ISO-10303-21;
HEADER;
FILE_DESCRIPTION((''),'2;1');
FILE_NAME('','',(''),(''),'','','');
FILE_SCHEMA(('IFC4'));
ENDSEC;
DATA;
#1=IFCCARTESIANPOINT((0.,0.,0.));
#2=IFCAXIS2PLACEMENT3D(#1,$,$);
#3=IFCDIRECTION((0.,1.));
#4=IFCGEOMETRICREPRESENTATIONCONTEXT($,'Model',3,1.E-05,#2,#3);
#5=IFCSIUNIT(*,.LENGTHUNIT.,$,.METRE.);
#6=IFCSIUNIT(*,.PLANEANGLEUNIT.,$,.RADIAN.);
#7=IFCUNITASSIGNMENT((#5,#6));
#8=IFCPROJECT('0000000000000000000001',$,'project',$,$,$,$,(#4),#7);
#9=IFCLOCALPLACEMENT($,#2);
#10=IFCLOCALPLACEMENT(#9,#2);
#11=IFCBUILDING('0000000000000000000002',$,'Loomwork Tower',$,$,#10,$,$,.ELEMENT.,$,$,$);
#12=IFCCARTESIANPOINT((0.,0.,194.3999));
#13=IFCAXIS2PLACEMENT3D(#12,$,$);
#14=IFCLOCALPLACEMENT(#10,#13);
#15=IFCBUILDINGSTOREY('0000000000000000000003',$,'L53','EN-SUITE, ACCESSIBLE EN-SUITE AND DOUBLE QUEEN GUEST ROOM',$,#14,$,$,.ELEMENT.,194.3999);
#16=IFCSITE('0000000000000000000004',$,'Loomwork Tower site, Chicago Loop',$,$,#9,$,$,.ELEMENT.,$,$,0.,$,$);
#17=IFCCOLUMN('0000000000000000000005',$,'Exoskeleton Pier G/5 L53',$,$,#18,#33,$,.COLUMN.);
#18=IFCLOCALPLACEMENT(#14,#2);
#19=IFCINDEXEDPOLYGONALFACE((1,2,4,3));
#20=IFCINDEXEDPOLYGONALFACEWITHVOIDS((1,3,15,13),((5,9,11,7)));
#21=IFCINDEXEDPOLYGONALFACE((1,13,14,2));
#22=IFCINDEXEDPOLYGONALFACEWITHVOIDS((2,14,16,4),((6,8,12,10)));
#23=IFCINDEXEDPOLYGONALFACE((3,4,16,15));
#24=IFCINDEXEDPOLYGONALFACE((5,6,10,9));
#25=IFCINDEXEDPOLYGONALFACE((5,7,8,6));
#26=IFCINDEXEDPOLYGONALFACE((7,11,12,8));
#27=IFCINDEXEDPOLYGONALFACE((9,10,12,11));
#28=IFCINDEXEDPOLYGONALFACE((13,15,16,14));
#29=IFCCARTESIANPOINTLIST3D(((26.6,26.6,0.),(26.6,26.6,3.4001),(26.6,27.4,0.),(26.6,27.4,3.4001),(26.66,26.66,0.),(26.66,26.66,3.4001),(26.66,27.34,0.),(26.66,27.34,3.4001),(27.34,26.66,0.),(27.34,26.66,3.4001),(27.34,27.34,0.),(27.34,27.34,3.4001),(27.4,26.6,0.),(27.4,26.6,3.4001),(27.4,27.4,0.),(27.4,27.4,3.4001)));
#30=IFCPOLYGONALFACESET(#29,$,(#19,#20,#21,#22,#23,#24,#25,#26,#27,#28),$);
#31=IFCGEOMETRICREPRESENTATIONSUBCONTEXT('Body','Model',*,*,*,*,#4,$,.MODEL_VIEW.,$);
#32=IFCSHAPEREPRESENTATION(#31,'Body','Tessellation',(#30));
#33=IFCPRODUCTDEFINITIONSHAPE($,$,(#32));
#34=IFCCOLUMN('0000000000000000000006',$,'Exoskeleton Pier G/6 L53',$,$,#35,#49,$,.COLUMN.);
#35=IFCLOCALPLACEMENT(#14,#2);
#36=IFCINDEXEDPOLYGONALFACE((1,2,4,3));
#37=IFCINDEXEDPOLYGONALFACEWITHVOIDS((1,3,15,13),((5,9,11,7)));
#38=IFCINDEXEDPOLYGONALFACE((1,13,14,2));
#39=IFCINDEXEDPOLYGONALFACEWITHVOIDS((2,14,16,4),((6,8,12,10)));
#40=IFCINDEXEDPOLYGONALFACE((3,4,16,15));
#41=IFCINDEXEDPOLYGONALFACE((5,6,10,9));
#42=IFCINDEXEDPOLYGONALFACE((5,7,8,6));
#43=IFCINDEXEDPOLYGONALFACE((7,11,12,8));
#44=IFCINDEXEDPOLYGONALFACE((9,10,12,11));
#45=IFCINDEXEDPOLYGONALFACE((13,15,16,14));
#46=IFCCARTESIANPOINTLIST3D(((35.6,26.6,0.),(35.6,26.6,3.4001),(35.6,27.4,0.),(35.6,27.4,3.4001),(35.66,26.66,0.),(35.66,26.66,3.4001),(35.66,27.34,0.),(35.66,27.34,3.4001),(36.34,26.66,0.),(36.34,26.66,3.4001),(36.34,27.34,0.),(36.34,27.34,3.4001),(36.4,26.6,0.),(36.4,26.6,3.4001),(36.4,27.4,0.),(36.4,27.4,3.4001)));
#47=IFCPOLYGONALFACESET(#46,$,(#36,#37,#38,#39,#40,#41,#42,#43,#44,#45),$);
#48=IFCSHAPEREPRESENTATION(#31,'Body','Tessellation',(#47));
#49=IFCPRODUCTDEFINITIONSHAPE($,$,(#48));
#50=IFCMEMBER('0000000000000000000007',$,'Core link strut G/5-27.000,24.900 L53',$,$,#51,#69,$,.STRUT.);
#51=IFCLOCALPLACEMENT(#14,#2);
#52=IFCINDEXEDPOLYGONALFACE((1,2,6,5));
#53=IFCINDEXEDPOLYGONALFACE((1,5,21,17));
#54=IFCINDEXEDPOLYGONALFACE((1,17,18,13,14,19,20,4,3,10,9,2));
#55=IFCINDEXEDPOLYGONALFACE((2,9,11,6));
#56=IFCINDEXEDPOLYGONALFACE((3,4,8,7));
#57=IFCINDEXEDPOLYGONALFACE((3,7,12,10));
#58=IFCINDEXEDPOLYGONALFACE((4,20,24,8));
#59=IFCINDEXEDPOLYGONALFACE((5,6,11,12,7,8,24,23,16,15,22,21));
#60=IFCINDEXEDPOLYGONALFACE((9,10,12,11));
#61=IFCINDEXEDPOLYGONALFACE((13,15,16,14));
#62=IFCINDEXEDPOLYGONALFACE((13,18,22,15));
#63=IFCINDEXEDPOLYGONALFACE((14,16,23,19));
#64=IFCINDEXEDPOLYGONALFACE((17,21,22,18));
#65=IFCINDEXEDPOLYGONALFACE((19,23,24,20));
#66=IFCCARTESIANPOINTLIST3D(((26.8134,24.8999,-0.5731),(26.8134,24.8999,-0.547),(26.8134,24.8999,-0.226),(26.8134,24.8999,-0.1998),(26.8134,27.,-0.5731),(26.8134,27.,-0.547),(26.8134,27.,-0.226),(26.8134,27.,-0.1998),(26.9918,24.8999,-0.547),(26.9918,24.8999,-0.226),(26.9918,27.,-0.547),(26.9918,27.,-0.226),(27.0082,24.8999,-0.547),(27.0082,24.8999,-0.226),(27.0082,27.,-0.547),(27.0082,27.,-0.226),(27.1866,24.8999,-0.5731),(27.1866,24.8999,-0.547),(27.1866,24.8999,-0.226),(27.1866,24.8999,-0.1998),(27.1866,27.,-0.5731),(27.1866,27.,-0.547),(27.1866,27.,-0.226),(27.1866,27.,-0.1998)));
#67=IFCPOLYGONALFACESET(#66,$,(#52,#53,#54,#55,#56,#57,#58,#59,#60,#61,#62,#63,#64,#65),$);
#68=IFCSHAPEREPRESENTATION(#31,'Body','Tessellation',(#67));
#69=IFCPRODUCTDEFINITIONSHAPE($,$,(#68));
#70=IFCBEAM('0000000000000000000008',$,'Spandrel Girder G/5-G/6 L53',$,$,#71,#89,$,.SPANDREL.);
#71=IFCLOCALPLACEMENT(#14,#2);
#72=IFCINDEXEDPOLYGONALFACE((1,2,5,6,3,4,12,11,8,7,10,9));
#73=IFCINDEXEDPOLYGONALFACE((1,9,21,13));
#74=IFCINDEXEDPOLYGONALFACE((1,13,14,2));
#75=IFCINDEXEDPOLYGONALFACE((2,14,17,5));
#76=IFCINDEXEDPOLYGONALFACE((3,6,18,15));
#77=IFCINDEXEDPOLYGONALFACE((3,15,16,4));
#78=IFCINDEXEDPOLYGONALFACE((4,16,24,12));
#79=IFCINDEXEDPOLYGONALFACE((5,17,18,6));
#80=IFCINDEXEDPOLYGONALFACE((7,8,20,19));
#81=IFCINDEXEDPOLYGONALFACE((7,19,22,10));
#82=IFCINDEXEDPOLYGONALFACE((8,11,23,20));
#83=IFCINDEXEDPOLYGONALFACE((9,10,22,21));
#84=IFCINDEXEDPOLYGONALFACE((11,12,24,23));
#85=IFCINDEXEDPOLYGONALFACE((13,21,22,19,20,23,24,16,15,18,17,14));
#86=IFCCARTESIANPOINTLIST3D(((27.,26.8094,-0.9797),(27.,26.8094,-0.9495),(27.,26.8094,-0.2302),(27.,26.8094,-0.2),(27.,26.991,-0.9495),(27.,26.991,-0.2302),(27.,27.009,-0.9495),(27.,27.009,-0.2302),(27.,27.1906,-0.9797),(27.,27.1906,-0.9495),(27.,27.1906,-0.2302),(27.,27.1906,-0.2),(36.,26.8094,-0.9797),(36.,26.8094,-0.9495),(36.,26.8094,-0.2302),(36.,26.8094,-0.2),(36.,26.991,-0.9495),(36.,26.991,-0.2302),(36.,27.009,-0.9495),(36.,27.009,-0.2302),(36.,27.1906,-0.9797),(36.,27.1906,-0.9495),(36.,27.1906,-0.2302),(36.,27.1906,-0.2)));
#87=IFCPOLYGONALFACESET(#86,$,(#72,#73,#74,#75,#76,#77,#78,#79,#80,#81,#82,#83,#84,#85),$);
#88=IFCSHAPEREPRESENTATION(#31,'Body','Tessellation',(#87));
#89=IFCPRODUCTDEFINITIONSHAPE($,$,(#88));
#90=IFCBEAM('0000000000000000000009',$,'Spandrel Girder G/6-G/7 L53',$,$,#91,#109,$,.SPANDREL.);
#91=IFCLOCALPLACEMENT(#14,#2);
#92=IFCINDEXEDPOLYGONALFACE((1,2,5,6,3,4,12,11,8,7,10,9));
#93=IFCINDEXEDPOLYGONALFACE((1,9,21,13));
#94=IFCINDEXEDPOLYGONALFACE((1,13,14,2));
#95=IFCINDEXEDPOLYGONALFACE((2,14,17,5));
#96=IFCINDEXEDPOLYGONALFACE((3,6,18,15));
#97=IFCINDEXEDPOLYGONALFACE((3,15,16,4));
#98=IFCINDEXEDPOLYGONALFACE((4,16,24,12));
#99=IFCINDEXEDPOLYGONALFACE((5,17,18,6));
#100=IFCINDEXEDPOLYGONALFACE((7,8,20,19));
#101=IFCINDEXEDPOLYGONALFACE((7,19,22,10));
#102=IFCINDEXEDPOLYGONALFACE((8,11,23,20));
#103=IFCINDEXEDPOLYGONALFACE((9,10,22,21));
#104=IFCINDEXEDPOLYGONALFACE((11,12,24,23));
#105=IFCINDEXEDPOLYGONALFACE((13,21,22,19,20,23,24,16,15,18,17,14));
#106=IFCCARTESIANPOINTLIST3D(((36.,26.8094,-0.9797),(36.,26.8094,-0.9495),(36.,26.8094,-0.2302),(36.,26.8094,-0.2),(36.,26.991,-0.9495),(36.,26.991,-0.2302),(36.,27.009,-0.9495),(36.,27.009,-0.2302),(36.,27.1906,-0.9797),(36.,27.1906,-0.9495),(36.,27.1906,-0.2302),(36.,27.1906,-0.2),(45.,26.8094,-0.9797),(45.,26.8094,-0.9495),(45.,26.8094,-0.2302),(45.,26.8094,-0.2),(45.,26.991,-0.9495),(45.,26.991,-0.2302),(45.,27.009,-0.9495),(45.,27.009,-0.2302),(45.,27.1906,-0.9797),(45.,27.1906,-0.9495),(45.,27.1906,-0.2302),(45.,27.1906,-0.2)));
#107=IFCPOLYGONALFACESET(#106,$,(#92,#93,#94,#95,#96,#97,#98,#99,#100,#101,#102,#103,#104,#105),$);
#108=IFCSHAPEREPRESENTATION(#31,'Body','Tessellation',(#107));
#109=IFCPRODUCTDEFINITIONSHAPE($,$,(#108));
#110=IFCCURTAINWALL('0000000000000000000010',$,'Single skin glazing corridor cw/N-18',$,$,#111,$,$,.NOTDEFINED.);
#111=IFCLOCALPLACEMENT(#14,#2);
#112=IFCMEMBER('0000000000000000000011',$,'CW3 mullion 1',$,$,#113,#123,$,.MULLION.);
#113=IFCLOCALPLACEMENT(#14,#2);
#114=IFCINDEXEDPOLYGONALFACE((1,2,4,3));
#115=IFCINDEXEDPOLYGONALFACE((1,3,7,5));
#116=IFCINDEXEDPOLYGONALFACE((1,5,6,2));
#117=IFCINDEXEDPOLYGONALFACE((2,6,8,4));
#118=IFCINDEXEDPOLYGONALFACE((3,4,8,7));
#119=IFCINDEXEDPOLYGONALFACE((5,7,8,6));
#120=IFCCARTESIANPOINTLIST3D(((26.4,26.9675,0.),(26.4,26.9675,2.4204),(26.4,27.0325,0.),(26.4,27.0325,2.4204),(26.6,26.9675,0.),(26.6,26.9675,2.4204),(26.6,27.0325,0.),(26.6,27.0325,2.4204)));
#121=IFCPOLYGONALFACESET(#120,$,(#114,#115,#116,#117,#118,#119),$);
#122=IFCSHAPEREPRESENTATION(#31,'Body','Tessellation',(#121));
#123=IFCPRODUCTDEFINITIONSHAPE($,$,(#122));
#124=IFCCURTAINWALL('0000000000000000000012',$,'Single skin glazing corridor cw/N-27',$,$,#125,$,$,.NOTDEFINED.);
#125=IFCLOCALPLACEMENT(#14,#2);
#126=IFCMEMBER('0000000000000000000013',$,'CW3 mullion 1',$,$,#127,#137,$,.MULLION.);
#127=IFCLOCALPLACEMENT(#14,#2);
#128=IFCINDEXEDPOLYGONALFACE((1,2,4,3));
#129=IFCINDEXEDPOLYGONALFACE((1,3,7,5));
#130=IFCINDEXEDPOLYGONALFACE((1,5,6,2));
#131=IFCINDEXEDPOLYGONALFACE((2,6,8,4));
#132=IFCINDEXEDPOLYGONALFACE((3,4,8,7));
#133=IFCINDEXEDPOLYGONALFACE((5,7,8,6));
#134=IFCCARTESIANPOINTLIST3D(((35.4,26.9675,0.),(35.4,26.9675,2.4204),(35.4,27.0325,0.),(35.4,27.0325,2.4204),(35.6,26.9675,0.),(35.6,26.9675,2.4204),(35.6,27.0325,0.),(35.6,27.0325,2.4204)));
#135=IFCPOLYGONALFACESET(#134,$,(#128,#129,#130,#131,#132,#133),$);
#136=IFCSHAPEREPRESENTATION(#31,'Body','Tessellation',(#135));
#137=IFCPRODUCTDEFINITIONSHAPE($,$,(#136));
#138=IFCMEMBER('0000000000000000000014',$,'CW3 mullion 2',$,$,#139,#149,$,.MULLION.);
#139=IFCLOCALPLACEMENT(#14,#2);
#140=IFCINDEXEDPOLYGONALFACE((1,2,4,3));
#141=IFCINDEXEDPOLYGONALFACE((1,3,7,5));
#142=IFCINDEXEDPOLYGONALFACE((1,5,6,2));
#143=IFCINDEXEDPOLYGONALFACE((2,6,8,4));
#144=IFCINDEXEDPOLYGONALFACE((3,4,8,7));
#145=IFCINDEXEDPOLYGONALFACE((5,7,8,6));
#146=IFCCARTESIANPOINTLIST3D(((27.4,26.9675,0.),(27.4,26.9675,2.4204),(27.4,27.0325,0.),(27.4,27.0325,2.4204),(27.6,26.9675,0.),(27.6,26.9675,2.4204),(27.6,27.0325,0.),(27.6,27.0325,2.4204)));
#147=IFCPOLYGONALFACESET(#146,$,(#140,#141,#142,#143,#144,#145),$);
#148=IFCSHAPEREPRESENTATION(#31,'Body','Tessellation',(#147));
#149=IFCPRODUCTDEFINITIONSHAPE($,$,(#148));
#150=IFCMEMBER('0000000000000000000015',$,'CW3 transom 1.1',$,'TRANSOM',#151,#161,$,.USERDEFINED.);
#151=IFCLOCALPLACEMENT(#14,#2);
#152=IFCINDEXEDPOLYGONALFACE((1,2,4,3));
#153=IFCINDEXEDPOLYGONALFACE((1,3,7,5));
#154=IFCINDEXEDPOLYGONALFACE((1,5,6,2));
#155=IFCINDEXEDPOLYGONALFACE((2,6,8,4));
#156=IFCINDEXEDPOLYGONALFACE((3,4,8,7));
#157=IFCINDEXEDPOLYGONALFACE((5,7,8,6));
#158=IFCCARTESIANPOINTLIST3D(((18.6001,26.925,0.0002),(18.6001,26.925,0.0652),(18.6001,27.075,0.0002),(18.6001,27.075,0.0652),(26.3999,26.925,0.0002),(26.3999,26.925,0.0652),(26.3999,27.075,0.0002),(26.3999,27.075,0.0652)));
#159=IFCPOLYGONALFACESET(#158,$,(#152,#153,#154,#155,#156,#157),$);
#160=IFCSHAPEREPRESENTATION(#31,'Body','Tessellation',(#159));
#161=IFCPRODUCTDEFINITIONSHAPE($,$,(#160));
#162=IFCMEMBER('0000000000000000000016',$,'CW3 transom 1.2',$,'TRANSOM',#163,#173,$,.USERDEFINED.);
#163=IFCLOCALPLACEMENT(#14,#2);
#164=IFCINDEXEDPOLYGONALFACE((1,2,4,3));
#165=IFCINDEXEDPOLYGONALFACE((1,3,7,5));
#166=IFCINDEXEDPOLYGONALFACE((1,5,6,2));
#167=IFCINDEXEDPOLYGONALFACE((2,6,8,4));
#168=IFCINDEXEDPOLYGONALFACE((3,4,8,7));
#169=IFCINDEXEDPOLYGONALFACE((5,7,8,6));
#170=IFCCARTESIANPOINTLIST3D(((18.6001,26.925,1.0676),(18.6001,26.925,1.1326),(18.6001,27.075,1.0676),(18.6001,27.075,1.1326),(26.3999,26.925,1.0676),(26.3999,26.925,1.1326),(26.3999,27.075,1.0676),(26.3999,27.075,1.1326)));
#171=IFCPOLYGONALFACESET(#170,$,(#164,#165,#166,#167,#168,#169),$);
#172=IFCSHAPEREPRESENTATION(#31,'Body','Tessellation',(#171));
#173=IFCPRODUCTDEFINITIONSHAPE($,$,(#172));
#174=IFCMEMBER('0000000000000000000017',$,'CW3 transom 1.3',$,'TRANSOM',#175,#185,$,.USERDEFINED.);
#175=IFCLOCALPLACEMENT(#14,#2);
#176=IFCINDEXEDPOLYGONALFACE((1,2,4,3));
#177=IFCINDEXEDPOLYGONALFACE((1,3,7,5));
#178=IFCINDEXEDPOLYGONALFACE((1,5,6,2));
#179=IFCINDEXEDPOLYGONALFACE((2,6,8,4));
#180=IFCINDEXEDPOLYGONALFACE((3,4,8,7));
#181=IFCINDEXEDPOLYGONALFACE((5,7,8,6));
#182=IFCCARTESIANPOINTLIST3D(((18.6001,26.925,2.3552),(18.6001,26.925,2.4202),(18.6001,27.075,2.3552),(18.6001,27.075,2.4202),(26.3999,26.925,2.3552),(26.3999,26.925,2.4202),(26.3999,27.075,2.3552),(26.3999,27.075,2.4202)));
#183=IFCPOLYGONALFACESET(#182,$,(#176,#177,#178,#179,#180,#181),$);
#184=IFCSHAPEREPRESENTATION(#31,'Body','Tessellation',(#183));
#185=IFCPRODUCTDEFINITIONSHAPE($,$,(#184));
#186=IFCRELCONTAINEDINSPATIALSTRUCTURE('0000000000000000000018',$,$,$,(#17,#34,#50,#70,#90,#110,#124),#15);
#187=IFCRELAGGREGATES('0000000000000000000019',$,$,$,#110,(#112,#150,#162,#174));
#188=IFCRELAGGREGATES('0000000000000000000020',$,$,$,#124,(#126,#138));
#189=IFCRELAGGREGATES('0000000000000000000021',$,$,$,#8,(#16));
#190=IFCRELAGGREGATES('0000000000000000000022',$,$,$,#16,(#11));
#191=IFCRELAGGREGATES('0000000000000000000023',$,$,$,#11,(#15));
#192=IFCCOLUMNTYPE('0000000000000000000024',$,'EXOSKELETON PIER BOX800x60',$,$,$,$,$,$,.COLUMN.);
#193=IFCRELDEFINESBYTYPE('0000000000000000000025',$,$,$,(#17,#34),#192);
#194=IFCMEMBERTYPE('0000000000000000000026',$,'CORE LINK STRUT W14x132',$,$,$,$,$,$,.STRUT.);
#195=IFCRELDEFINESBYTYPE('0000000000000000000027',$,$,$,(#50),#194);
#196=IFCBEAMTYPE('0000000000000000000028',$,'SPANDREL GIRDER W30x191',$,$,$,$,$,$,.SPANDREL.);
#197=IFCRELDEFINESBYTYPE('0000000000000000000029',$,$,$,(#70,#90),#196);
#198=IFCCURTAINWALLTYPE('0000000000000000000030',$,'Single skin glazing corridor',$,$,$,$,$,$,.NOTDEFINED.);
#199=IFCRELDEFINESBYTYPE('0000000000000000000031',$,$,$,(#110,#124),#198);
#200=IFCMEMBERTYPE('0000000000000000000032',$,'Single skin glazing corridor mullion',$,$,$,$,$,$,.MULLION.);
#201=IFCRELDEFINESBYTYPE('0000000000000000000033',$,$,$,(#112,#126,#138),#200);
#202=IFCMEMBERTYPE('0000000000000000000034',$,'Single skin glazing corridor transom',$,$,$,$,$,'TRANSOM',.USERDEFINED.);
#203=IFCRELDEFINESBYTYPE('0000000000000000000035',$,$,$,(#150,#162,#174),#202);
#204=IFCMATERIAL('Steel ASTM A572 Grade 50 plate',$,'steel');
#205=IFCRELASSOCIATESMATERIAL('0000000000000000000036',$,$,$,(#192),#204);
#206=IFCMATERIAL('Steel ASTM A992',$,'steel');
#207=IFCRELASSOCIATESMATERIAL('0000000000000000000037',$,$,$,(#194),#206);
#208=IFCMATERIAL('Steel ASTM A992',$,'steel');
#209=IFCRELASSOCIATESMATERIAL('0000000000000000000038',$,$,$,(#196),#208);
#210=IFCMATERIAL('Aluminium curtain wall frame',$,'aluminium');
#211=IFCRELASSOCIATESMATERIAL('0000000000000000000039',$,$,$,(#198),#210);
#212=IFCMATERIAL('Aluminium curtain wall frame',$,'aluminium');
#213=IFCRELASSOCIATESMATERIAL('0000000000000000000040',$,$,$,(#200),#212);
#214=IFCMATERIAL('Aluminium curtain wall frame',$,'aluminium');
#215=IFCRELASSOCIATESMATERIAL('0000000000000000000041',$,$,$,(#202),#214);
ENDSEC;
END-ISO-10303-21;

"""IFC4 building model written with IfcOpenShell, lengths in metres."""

from ifc_helpers import new_model, si_unit, direction, frame, origin, origin_2d, place, context, subcontext, project, spatial, rectangle, hollow_rectangle, i_section, extrude, material, material_profile, profile_set, type_object, element, aggregate, save


model = new_model("IFC4")

# Units and contexts
model_context = context("Model", 3, precision=1e-05, world=origin(), true_north=direction((0.0, 1.0)))
body_context = subcontext(model_context, "Body", "Model", "MODEL_VIEW")
ifc_project = project(units=[si_unit("LENGTHUNIT", "METRE"), si_unit("PLANEANGLEUNIT", "RADIAN")], contexts=[model_context])

# Site, building, storey
site_placement = place(None, origin())
site = spatial("IfcSite", under=ifc_project, at=site_placement, Name="Loomwork Tower site, Chicago Loop", CompositionType="ELEMENT", RefElevation=0.0)
building_placement = place(site_placement, origin())
building = spatial("IfcBuilding", under=site, at=building_placement, Name="Loomwork Tower", CompositionType="ELEMENT")
storey_placement = place(building_placement, frame((0.0, 0.0, 194.3999)))
storey = spatial("IfcBuildingStorey", under=building, at=storey_placement, Name="L53", Description="EN-SUITE, ACCESSIBLE EN-SUITE AND DOUBLE QUEEN GUEST ROOM", CompositionType="ELEMENT", Elevation=194.3999)

# Columns
ifc_material_1 = material(Name="Steel ASTM A572 Grade 50 plate", Category="steel")
ifc_material_profile_1 = material_profile(ifc_material_1, hollow_rectangle(XDim=0.8, YDim=0.8, WallThickness=0.0601, at=origin_2d()), Name="BOX800x60")
ifc_profile_set_1 = profile_set([ifc_material_profile_1], Name="Steel ASTM A572 Grade 50 plate")
column_type = type_object("IfcColumnType", Name="EXOSKELETON PIER BOX800x60", PredefinedType="COLUMN", material=ifc_profile_set_1)
for number, where, z_axis, x_axis, name in (
    (1, (27.0, 27.0, 0.0), (0.0, 0.0, 1.0), (1.0, 0.0, 0.0), "Exoskeleton Pier G/5 L53"),
    (2, (36.0, 27.0, 0.0), (0.0, 0.0, 1.0), (1.0, 0.0, 0.0), "Exoskeleton Pier G/6 L53"),
):
    element("IfcColumn", number, at=place(storey_placement, frame(where, z_axis=z_axis, x_axis=x_axis)), inside=storey, type_object=column_type, Name=name, PredefinedType="COLUMN", context=body_context, shape_type="SweptSolid", body=[
        extrude(hollow_rectangle(XDim=0.8, YDim=0.8, WallThickness=0.0601, at=origin_2d()), origin(), (0.0, 0.0, 1.0), 3.4001),
    ])

# Member
ifc_material_2 = material(Name="Steel ASTM A992", Category="steel")
ifc_material_profile_2 = material_profile(ifc_material_2, i_section(OverallWidth=0.3733, OverallDepth=0.3733, WebThickness=0.0164, FlangeThickness=0.0261, at=origin_2d()), Name="W14x132")
ifc_profile_set_2 = profile_set([ifc_material_profile_2], Name="Steel ASTM A992")
member_type_1 = type_object("IfcMemberType", Name="CORE LINK STRUT W14x132", PredefinedType="STRUT", material=ifc_profile_set_2)
member_1_placement = place(storey_placement, frame((27.0, 27.0, -0.3865), z_axis=(0.0, -1.0, 0.0), x_axis=(1.0, 0.0, 0.0)))
element("IfcMember", 3, at=member_1_placement, inside=storey, type_object=member_type_1, Name="Core link strut G/5-27.000,24.900 L53", PredefinedType="STRUT", context=body_context, shape_type="SweptSolid", body=[
    extrude(i_section(OverallWidth=0.3733, OverallDepth=0.3733, WebThickness=0.0164, FlangeThickness=0.0261, at=origin_2d()), origin(), (0.0, 0.0, 1.0), 2.1001),
])

# Beams
ifc_material_3 = material(Name="Steel ASTM A992", Category="steel")
ifc_material_profile_3 = material_profile(ifc_material_3, i_section(OverallWidth=0.3811, OverallDepth=0.7798, WebThickness=0.0181, FlangeThickness=0.0303, at=origin_2d()), Name="W30x191")
ifc_profile_set_3 = profile_set([ifc_material_profile_3], Name="Steel ASTM A992")
beam_type = type_object("IfcBeamType", Name="SPANDREL GIRDER W30x191", PredefinedType="SPANDREL", material=ifc_profile_set_3)
for number, where, z_axis, x_axis, name in (
    (4, (27.0, 27.0, -0.5898), (1.0, 0.0, 0.0), (0.0, 1.0, 0.0), "Spandrel Girder G/5-G/6 L53"),
    (5, (36.0, 27.0, -0.5898), (1.0, 0.0, 0.0), (0.0, 1.0, 0.0), "Spandrel Girder G/6-G/7 L53"),
):
    element("IfcBeam", number, at=place(storey_placement, frame(where, z_axis=z_axis, x_axis=x_axis)), inside=storey, type_object=beam_type, Name=name, PredefinedType="SPANDREL", context=body_context, shape_type="SweptSolid", body=[
        extrude(i_section(OverallWidth=0.3811, OverallDepth=0.7798, WebThickness=0.0181, FlangeThickness=0.0303, at=origin_2d()), origin(), (0.0, 0.0, 1.0), 9.0),
    ])

# Curtain wall, member
ifc_material_4 = material(Name="Aluminium curtain wall frame", Category="aluminium")
curtain_wall_type = type_object("IfcCurtainWallType", Name="Single skin glazing corridor", PredefinedType="NOTDEFINED", material=ifc_material_4)
curtain_wall_1_placement = place(storey_placement, origin())
curtain_wall_1 = element("IfcCurtainWall", 6, at=curtain_wall_1_placement, inside=storey, type_object=curtain_wall_type, Name="Single skin glazing corridor cw/N-18", PredefinedType="NOTDEFINED")
ifc_material_5 = material(Name="Aluminium curtain wall frame", Category="aluminium")
ifc_material_profile_4 = material_profile(ifc_material_5, rectangle(XDim=0.0649, YDim=0.2, at=origin_2d()), Name="AL 65x200")
ifc_profile_set_4 = profile_set([ifc_material_profile_4], Name="Aluminium curtain wall frame")
member_type_2 = type_object("IfcMemberType", Name="Single skin glazing corridor mullion", PredefinedType="MULLION", material=ifc_profile_set_4)
member_2_placement = place(storey_placement, frame((26.5, 27.0, 0.0), z_axis=(0.0, 0.0, 1.0), x_axis=(0.0, -1.0, 0.0)))
member_2 = element("IfcMember", 7, at=member_2_placement, type_object=member_type_2, Name="CW3 mullion 1", PredefinedType="MULLION", context=body_context, shape_type="SweptSolid", body=[
    extrude(rectangle(XDim=0.0649, YDim=0.2, at=origin_2d()), origin(), (0.0, 0.0, 1.0), 2.4204),
])

# Curtain wall, members
curtain_wall_2_placement = place(storey_placement, origin())
curtain_wall_2 = element("IfcCurtainWall", 8, at=curtain_wall_2_placement, inside=storey, type_object=curtain_wall_type, Name="Single skin glazing corridor cw/N-27", PredefinedType="NOTDEFINED")
member_3_placement = place(storey_placement, frame((35.5, 27.0, 0.0), z_axis=(0.0, 0.0, 1.0), x_axis=(0.0, -1.0, 0.0)))
member_3 = element("IfcMember", 9, at=member_3_placement, type_object=member_type_2, Name="CW3 mullion 1", PredefinedType="MULLION", context=body_context, shape_type="SweptSolid", body=[
    extrude(rectangle(XDim=0.0649, YDim=0.2, at=origin_2d()), origin(), (0.0, 0.0, 1.0), 2.4204),
])
member_4_placement = place(storey_placement, frame((27.5, 27.0, 0.0), z_axis=(0.0, 0.0, 1.0), x_axis=(0.0, -1.0, 0.0)))
member_4 = element("IfcMember", 10, at=member_4_placement, type_object=member_type_2, Name="CW3 mullion 2", PredefinedType="MULLION", context=body_context, shape_type="SweptSolid", body=[
    extrude(rectangle(XDim=0.0649, YDim=0.2, at=origin_2d()), origin(), (0.0, 0.0, 1.0), 2.4204),
])

# Members
ifc_material_6 = material(Name="Aluminium curtain wall frame", Category="aluminium")
ifc_material_profile_5 = material_profile(ifc_material_6, rectangle(XDim=0.1499, YDim=0.0649, at=origin_2d()), Name="AL 65x150")
ifc_profile_set_5 = profile_set([ifc_material_profile_5], Name="Aluminium curtain wall frame")
member_type_3 = type_object("IfcMemberType", Name="Single skin glazing corridor transom", ElementType="TRANSOM", PredefinedType="USERDEFINED", material=ifc_profile_set_5)
member_5_placement = place(storey_placement, frame((26.3999, 27.0, 0.0327), z_axis=(-1.0, 0.0, 0.0), x_axis=(0.0, -1.0, 0.0)))
member_5 = element("IfcMember", 11, at=member_5_placement, type_object=member_type_3, Name="CW3 transom 1.1", ObjectType="TRANSOM", PredefinedType="USERDEFINED", context=body_context, shape_type="SweptSolid", body=[
    extrude(rectangle(XDim=0.1499, YDim=0.0649, at=origin_2d()), origin(), (0.0, 0.0, 1.0), 7.7998),
])
member_6_placement = place(storey_placement, frame((26.3999, 27.0, 1.1001), z_axis=(-1.0, 0.0, 0.0), x_axis=(0.0, -1.0, 0.0)))
member_6 = element("IfcMember", 12, at=member_6_placement, type_object=member_type_3, Name="CW3 transom 1.2", ObjectType="TRANSOM", PredefinedType="USERDEFINED", context=body_context, shape_type="SweptSolid", body=[
    extrude(rectangle(XDim=0.1499, YDim=0.0649, at=origin_2d()), origin(), (0.0, 0.0, 1.0), 7.7998),
])
member_7_placement = place(storey_placement, frame((26.3999, 27.0, 2.3877), z_axis=(-1.0, 0.0, 0.0), x_axis=(0.0, -1.0, 0.0)))
member_7 = element("IfcMember", 13, at=member_7_placement, type_object=member_type_3, Name="CW3 transom 1.3", ObjectType="TRANSOM", PredefinedType="USERDEFINED", context=body_context, shape_type="SweptSolid", body=[
    extrude(rectangle(XDim=0.1499, YDim=0.0649, at=origin_2d()), origin(), (0.0, 0.0, 1.0), 7.7998),
])

aggregate(curtain_wall_1, [member_2, member_5, member_6, member_7])
aggregate(curtain_wall_2, [member_3, member_4])

save(model, "model.ifc")
